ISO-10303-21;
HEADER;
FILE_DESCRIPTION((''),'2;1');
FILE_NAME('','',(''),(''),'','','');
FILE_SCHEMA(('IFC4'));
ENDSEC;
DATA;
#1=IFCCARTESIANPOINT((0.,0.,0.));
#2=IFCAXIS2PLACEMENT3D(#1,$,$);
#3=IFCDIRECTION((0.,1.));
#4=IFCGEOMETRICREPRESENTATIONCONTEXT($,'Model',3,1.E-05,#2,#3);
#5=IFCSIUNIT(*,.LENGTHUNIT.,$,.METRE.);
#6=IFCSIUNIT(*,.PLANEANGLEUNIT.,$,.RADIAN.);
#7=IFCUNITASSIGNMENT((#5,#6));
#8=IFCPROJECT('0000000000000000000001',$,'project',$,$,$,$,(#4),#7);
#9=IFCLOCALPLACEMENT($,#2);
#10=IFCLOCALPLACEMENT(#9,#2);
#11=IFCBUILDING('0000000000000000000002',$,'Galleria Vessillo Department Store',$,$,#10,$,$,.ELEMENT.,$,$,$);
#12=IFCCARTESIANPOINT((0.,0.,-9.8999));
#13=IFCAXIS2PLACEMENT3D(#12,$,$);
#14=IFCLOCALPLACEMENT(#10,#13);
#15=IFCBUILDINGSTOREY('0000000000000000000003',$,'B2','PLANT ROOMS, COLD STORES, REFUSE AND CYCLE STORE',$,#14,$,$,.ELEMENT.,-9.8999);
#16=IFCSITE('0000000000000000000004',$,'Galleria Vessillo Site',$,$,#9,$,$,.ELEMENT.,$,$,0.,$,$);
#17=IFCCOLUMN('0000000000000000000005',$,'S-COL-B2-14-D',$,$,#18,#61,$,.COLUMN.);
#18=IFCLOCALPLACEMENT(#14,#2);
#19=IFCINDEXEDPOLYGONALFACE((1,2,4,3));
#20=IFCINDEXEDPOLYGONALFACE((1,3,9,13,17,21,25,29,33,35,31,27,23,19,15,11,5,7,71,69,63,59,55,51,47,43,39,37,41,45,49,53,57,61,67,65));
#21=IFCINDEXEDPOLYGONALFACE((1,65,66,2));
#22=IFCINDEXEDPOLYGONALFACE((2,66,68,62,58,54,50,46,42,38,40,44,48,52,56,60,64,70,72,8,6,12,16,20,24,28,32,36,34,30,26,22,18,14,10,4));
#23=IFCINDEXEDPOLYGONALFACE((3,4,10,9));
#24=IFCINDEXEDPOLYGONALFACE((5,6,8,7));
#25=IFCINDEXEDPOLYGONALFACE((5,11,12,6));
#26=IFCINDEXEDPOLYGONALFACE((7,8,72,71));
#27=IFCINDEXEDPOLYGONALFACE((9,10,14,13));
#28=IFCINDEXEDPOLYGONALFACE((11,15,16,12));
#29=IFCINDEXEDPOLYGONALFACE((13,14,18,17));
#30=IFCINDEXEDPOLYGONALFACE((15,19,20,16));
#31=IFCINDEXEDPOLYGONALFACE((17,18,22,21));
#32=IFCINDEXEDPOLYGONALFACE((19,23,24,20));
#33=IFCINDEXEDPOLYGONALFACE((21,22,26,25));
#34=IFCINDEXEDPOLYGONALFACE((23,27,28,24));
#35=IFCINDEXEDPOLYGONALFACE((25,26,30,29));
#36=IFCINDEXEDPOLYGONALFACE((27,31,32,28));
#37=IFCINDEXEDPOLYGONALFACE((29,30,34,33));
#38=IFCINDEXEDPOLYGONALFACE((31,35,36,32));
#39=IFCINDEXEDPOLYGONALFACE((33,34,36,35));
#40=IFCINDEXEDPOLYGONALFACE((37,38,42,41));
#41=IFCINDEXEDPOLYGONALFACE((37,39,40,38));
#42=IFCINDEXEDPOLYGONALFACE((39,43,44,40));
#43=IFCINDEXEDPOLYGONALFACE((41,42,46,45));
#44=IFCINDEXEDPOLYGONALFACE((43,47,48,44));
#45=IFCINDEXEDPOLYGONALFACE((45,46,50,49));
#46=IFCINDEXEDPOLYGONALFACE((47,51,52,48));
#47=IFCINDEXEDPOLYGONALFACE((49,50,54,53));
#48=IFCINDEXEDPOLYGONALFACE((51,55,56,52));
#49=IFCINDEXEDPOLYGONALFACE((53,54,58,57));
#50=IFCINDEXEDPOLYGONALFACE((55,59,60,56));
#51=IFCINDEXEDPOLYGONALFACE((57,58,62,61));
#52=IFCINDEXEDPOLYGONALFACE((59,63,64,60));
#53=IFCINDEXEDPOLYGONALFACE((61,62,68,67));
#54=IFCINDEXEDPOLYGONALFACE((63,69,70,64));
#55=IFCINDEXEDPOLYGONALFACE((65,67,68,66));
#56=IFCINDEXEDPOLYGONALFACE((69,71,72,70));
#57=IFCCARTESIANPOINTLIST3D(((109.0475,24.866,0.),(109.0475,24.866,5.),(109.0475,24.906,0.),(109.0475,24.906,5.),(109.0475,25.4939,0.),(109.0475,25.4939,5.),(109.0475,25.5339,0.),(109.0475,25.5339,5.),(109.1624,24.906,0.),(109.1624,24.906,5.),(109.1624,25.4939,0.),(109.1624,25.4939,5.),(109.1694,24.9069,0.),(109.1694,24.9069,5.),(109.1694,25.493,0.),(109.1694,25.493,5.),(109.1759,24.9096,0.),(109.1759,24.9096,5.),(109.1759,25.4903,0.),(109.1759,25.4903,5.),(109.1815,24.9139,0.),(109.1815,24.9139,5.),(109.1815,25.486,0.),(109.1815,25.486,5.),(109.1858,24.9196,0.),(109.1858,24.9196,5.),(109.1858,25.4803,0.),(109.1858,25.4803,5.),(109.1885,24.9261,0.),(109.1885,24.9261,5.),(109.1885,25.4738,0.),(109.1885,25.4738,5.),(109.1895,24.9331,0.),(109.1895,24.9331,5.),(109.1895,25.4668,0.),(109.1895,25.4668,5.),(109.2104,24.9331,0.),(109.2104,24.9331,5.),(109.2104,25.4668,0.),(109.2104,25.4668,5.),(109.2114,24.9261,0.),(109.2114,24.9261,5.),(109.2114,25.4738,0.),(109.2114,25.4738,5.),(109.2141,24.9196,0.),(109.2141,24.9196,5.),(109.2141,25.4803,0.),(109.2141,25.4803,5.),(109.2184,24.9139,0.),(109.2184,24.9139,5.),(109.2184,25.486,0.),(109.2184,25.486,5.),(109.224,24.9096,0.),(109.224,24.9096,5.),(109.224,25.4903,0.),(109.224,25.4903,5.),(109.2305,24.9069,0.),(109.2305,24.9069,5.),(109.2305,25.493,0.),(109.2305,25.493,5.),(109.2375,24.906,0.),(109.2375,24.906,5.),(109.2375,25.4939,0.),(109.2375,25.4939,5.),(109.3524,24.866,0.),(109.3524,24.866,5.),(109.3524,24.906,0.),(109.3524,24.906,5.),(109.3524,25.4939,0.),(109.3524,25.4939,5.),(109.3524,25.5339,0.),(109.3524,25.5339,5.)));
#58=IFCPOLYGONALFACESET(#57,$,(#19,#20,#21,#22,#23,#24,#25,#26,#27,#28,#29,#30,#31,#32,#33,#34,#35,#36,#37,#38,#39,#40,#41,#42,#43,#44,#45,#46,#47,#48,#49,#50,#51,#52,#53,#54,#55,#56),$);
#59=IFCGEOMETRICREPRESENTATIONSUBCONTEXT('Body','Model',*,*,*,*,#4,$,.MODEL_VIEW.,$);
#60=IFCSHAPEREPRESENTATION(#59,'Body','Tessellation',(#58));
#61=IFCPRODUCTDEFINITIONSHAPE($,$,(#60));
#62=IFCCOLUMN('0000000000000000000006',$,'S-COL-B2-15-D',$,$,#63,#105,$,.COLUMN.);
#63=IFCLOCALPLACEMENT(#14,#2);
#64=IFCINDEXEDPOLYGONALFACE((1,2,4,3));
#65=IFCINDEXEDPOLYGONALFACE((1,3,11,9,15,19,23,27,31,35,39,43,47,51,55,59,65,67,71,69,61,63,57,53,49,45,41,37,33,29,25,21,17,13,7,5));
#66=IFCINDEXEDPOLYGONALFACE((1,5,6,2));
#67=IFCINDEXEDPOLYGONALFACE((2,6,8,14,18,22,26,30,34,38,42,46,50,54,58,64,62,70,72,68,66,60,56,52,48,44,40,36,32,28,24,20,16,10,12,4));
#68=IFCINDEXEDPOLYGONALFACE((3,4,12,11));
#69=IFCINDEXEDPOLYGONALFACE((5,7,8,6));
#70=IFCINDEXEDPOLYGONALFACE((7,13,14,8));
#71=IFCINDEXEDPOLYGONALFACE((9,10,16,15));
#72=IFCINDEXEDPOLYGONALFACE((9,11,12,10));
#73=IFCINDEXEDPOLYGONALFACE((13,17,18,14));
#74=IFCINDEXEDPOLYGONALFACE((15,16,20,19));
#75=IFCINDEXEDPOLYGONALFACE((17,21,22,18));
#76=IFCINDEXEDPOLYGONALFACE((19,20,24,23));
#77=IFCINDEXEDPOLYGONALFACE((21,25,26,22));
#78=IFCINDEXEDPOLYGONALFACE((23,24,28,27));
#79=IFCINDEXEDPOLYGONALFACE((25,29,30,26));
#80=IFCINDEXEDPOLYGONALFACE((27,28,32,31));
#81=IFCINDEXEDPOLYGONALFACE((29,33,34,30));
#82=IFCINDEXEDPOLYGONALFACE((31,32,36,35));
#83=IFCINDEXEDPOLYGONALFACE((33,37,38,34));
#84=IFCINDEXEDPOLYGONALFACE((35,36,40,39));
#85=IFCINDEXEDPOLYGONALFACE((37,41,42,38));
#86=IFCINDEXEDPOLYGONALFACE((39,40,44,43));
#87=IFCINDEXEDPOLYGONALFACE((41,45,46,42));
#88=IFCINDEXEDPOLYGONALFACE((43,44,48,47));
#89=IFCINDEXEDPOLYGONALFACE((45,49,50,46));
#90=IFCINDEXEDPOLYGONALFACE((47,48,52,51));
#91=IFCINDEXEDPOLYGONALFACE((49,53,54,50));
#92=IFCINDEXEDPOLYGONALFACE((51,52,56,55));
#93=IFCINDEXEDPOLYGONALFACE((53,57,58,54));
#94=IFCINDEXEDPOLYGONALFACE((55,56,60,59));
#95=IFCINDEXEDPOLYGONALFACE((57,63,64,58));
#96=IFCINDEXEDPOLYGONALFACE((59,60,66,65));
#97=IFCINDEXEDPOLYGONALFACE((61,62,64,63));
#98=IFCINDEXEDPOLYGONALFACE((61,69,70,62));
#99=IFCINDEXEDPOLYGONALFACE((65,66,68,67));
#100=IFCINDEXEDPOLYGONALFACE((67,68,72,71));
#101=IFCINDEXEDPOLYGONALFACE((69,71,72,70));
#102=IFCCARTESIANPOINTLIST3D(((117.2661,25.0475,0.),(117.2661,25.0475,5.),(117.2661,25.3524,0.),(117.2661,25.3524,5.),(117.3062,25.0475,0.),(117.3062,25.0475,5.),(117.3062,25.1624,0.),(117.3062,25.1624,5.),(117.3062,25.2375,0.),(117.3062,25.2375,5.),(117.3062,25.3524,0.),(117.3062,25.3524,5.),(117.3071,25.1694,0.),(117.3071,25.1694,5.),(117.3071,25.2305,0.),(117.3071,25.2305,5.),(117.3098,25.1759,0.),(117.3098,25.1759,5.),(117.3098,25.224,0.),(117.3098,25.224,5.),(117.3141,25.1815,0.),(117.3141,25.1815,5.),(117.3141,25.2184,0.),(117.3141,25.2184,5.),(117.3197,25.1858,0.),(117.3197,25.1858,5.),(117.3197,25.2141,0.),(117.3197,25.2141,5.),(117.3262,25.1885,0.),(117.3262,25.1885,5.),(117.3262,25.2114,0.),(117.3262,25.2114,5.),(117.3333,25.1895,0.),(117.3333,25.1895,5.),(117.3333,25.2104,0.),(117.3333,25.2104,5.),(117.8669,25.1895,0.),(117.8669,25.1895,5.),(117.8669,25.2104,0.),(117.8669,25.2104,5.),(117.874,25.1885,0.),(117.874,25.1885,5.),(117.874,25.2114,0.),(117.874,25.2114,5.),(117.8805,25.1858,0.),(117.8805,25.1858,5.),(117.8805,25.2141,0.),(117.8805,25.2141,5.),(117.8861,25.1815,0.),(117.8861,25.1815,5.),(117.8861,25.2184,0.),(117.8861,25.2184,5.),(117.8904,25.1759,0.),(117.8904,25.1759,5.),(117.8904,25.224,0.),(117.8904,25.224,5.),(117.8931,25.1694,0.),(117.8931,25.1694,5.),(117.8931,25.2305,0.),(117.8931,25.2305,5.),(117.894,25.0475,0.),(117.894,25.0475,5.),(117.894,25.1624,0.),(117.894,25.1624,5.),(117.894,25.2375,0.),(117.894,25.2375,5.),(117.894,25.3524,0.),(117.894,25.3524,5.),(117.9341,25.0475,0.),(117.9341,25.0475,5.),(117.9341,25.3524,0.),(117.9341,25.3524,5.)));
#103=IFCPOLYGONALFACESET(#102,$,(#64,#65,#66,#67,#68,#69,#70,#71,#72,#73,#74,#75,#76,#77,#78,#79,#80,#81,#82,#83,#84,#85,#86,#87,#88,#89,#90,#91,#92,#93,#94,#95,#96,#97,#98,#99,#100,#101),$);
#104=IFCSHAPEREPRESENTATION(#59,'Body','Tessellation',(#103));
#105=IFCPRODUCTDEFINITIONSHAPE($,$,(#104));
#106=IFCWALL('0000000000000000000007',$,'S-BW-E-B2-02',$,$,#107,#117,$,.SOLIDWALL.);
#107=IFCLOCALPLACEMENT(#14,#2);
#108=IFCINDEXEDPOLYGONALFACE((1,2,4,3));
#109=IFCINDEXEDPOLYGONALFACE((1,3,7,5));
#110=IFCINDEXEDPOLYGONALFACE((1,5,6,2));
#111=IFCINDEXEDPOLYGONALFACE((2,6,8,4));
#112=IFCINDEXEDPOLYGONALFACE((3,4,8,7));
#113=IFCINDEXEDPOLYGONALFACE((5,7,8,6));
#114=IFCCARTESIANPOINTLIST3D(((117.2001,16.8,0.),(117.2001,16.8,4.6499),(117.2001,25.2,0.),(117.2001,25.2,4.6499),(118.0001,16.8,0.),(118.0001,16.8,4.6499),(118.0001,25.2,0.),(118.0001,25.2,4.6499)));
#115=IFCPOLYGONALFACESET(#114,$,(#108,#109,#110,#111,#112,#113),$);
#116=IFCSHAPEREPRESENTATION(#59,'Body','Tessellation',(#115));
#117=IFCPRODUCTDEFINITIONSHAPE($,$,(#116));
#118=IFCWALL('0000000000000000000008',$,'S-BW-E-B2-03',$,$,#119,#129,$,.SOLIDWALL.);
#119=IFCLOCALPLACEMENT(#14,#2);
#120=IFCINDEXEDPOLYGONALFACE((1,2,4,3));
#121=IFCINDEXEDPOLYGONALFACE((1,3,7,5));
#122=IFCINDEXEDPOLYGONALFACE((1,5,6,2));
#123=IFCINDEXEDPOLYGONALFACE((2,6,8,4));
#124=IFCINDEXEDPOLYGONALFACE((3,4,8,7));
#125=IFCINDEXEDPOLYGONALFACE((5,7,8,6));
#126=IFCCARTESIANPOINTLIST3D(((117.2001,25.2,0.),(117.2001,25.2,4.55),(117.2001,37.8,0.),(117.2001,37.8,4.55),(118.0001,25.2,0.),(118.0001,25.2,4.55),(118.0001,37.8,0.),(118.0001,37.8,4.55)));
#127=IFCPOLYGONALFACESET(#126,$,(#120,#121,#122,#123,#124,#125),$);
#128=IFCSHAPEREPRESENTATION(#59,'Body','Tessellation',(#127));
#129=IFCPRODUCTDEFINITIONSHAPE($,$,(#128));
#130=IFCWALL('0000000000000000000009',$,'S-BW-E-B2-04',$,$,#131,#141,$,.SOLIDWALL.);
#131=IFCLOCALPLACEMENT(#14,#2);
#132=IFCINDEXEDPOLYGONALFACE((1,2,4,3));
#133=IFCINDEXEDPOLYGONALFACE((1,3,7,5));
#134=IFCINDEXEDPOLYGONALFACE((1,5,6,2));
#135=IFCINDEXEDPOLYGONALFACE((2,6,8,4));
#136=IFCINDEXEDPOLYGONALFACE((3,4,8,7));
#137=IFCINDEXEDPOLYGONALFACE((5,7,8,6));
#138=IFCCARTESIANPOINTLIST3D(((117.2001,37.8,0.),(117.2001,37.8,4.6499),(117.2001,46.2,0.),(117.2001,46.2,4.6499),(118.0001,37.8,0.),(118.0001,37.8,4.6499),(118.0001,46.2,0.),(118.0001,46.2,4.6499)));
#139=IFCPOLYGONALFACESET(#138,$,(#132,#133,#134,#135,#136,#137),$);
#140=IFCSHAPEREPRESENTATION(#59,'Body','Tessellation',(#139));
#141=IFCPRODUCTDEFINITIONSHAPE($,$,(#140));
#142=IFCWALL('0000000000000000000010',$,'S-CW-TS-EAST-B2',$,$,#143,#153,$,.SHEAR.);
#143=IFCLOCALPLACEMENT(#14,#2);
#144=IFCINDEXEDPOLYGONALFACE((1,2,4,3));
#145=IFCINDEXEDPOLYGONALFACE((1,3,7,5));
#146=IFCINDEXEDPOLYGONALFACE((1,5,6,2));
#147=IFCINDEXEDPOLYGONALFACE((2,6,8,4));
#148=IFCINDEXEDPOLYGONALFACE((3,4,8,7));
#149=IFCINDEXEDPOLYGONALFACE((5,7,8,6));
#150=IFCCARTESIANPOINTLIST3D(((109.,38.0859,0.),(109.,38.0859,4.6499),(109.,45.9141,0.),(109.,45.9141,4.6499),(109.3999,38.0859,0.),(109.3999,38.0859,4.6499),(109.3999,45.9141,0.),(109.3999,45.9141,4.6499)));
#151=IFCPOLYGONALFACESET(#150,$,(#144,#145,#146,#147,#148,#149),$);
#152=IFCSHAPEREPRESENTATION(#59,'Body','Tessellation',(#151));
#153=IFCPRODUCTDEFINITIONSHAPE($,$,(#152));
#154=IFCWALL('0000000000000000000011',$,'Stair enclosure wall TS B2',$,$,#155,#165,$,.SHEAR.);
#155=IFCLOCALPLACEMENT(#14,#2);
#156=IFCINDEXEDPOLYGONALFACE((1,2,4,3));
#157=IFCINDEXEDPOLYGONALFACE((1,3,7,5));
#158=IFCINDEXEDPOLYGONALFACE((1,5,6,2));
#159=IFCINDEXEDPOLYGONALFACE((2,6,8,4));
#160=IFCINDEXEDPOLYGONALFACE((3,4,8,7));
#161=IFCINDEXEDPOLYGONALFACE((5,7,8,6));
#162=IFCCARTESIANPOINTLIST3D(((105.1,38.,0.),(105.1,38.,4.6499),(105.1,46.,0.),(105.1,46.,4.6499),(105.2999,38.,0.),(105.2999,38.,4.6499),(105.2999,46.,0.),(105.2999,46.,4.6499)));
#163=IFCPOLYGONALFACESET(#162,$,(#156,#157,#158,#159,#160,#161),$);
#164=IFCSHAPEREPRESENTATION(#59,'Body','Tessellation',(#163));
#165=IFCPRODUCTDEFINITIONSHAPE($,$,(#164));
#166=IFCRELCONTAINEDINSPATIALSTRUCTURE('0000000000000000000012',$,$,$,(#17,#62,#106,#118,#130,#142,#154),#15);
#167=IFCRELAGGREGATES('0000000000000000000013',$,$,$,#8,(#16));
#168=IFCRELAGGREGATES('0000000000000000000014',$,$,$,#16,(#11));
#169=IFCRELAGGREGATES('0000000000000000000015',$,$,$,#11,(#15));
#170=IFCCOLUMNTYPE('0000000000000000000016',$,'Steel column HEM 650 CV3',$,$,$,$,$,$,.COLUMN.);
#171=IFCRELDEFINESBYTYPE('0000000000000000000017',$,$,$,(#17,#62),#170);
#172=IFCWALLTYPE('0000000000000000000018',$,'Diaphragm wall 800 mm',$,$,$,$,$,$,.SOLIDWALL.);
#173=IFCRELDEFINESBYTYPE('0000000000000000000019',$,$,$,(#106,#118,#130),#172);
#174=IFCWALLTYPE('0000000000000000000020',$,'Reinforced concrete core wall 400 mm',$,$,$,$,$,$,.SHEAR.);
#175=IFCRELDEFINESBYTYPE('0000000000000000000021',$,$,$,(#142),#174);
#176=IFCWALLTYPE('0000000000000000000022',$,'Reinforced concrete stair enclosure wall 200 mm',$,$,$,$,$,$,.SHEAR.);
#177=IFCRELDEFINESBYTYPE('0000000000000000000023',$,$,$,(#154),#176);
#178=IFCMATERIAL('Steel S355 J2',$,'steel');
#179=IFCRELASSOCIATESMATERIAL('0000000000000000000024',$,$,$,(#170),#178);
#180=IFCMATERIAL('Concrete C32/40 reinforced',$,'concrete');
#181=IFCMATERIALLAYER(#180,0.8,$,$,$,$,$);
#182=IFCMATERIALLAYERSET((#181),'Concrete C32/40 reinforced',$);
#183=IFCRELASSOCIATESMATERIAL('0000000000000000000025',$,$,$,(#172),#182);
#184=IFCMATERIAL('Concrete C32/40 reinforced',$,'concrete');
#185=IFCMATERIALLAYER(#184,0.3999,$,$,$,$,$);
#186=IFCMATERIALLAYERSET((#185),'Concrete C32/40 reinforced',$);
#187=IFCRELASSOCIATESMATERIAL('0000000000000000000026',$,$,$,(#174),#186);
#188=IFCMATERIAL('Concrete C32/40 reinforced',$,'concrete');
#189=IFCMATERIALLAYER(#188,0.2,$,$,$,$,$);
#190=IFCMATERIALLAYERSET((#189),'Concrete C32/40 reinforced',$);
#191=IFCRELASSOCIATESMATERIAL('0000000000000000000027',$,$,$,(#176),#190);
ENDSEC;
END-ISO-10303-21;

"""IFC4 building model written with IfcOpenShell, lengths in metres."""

from ifc_helpers import new_model, si_unit, direction, frame, frame_2d, origin, origin_2d, place, context, subcontext, project, spatial, rectangle, i_section, extrude, material, layer, layer_set, material_profile, profile_set, type_object, element, save


model = new_model("IFC4")

# Units and contexts
model_context = context("Model", 3, precision=1e-05, world=origin(), true_north=direction((0.0, 1.0)))
body_context = subcontext(model_context, "Body", "Model", "MODEL_VIEW")
ifc_project = project(units=[si_unit("LENGTHUNIT", "METRE"), si_unit("PLANEANGLEUNIT", "RADIAN")], contexts=[model_context])

# Site, building, storey
site_placement = place(None, origin())
site = spatial("IfcSite", under=ifc_project, at=site_placement, Name="Galleria Vessillo Site", CompositionType="ELEMENT", RefElevation=0.0)
building_placement = place(site_placement, origin())
building = spatial("IfcBuilding", under=site, at=building_placement, Name="Galleria Vessillo Department Store", CompositionType="ELEMENT")
storey_placement = place(building_placement, frame((0.0, 0.0, -9.8999)))
storey = spatial("IfcBuildingStorey", under=building, at=storey_placement, Name="B2", Description="PLANT ROOMS, COLD STORES, REFUSE AND CYCLE STORE", CompositionType="ELEMENT", Elevation=-9.8999)

# Columns
ifc_material_1 = material(Name="Steel S355 J2", Category="steel")
ifc_material_profile_1 = material_profile(ifc_material_1, i_section(OverallWidth=0.3049, OverallDepth=0.668, WebThickness=0.021, FlangeThickness=0.04, FilletRadius=0.0271, at=origin_2d()), Name="HEM 650")
ifc_profile_set_1 = profile_set([ifc_material_profile_1], Name="Steel S355 J2")
column_type_1 = type_object("IfcColumnType", Name="Steel column HEM 650 CV3", PredefinedType="COLUMN", material=ifc_profile_set_1)
for number, where, z_axis, x_axis, name in (
    (1, (109.2, 25.2, 0.0), (0.0, 0.0, 1.0), (1.0, 0.0, 0.0), "S-COL-B2-14-D"),
    (2, (117.6001, 25.2, 0.0), (0.0, 0.0, 1.0), (0.0, 1.0, 0.0), "S-COL-B2-15-D"),
):
    element("IfcColumn", number, at=place(storey_placement, frame(where, z_axis=z_axis, x_axis=x_axis)), inside=storey, type_object=column_type_1, Name=name, PredefinedType="COLUMN", context=body_context, shape_type="SweptSolid", body=[
        extrude(i_section(OverallWidth=0.3049, OverallDepth=0.668, WebThickness=0.021, FlangeThickness=0.04, FilletRadius=0.0271, at=origin_2d()), origin(), (0.0, 0.0, 1.0), 5.0),
    ])

# Walls
ifc_material_2 = material(Name="Concrete C32/40 reinforced", Category="concrete")
ifc_layer_1 = layer(ifc_material_2, 0.8)
ifc_layer_set_1 = layer_set([ifc_layer_1], Name="Concrete C32/40 reinforced")
wall_type_1 = type_object("IfcWallType", Name="Diaphragm wall 800 mm", PredefinedType="SOLIDWALL", material=ifc_layer_set_1)
wall_1_placement = place(storey_placement, frame((117.6001, 16.8, 0.0), z_axis=(0.0, 0.0, 1.0), x_axis=(0.0, 1.0, 0.0)))
element("IfcWall", 3, at=wall_1_placement, inside=storey, type_object=wall_type_1, Name="S-BW-E-B2-02", PredefinedType="SOLIDWALL", context=body_context, shape_type="SweptSolid", body=[
    extrude(rectangle(XDim=8.3999, YDim=0.8, at=frame_2d((4.2, 0.0))), origin(), (0.0, 0.0, 1.0), 4.6499),
])
wall_2_placement = place(storey_placement, frame((117.6001, 25.2, 0.0), z_axis=(0.0, 0.0, 1.0), x_axis=(0.0, 1.0, 0.0)))
element("IfcWall", 4, at=wall_2_placement, inside=storey, type_object=wall_type_1, Name="S-BW-E-B2-03", PredefinedType="SOLIDWALL", context=body_context, shape_type="SweptSolid", body=[
    extrude(rectangle(XDim=12.6001, YDim=0.8, at=frame_2d((6.3, 0.0))), origin(), (0.0, 0.0, 1.0), 4.55),
])
wall_3_placement = place(storey_placement, frame((117.6001, 37.8, 0.0), z_axis=(0.0, 0.0, 1.0), x_axis=(0.0, 1.0, 0.0)))
element("IfcWall", 5, at=wall_3_placement, inside=storey, type_object=wall_type_1, Name="S-BW-E-B2-04", PredefinedType="SOLIDWALL", context=body_context, shape_type="SweptSolid", body=[
    extrude(rectangle(XDim=8.3999, YDim=0.8, at=frame_2d((4.2, 0.0))), origin(), (0.0, 0.0, 1.0), 4.6499),
])
ifc_material_3 = material(Name="Concrete C32/40 reinforced", Category="concrete")
ifc_layer_2 = layer(ifc_material_3, 0.3999)
ifc_layer_set_2 = layer_set([ifc_layer_2], Name="Concrete C32/40 reinforced")
wall_type_2 = type_object("IfcWallType", Name="Reinforced concrete core wall 400 mm", PredefinedType="SHEAR", material=ifc_layer_set_2)
wall_4_placement = place(storey_placement, frame((109.2, 38.0859, 0.0), z_axis=(0.0, 0.0, 1.0), x_axis=(0.0, 1.0, 0.0)))
element("IfcWall", 6, at=wall_4_placement, inside=storey, type_object=wall_type_2, Name="S-CW-TS-EAST-B2", PredefinedType="SHEAR", context=body_context, shape_type="SweptSolid", body=[
    extrude(rectangle(XDim=7.8281, YDim=0.3999, at=frame_2d((3.9141, 0.0))), origin(), (0.0, 0.0, 1.0), 4.6499),
])
ifc_material_4 = material(Name="Concrete C32/40 reinforced", Category="concrete")
ifc_layer_3 = layer(ifc_material_4, 0.2)
ifc_layer_set_3 = layer_set([ifc_layer_3], Name="Concrete C32/40 reinforced")
wall_type_3 = type_object("IfcWallType", Name="Reinforced concrete stair enclosure wall 200 mm", PredefinedType="SHEAR", material=ifc_layer_set_3)
wall_5_placement = place(storey_placement, frame((105.2, 38.0, 0.0), z_axis=(0.0, 0.0, 1.0), x_axis=(0.0, 1.0, 0.0)))
element("IfcWall", 7, at=wall_5_placement, inside=storey, type_object=wall_type_3, Name="Stair enclosure wall TS B2", PredefinedType="SHEAR", context=body_context, shape_type="SweptSolid", body=[
    extrude(rectangle(XDim=8.0, YDim=0.2, at=frame_2d((4.0, 0.0))), origin(), (0.0, 0.0, 1.0), 4.6499),
])

save(model, "model.ifc")
